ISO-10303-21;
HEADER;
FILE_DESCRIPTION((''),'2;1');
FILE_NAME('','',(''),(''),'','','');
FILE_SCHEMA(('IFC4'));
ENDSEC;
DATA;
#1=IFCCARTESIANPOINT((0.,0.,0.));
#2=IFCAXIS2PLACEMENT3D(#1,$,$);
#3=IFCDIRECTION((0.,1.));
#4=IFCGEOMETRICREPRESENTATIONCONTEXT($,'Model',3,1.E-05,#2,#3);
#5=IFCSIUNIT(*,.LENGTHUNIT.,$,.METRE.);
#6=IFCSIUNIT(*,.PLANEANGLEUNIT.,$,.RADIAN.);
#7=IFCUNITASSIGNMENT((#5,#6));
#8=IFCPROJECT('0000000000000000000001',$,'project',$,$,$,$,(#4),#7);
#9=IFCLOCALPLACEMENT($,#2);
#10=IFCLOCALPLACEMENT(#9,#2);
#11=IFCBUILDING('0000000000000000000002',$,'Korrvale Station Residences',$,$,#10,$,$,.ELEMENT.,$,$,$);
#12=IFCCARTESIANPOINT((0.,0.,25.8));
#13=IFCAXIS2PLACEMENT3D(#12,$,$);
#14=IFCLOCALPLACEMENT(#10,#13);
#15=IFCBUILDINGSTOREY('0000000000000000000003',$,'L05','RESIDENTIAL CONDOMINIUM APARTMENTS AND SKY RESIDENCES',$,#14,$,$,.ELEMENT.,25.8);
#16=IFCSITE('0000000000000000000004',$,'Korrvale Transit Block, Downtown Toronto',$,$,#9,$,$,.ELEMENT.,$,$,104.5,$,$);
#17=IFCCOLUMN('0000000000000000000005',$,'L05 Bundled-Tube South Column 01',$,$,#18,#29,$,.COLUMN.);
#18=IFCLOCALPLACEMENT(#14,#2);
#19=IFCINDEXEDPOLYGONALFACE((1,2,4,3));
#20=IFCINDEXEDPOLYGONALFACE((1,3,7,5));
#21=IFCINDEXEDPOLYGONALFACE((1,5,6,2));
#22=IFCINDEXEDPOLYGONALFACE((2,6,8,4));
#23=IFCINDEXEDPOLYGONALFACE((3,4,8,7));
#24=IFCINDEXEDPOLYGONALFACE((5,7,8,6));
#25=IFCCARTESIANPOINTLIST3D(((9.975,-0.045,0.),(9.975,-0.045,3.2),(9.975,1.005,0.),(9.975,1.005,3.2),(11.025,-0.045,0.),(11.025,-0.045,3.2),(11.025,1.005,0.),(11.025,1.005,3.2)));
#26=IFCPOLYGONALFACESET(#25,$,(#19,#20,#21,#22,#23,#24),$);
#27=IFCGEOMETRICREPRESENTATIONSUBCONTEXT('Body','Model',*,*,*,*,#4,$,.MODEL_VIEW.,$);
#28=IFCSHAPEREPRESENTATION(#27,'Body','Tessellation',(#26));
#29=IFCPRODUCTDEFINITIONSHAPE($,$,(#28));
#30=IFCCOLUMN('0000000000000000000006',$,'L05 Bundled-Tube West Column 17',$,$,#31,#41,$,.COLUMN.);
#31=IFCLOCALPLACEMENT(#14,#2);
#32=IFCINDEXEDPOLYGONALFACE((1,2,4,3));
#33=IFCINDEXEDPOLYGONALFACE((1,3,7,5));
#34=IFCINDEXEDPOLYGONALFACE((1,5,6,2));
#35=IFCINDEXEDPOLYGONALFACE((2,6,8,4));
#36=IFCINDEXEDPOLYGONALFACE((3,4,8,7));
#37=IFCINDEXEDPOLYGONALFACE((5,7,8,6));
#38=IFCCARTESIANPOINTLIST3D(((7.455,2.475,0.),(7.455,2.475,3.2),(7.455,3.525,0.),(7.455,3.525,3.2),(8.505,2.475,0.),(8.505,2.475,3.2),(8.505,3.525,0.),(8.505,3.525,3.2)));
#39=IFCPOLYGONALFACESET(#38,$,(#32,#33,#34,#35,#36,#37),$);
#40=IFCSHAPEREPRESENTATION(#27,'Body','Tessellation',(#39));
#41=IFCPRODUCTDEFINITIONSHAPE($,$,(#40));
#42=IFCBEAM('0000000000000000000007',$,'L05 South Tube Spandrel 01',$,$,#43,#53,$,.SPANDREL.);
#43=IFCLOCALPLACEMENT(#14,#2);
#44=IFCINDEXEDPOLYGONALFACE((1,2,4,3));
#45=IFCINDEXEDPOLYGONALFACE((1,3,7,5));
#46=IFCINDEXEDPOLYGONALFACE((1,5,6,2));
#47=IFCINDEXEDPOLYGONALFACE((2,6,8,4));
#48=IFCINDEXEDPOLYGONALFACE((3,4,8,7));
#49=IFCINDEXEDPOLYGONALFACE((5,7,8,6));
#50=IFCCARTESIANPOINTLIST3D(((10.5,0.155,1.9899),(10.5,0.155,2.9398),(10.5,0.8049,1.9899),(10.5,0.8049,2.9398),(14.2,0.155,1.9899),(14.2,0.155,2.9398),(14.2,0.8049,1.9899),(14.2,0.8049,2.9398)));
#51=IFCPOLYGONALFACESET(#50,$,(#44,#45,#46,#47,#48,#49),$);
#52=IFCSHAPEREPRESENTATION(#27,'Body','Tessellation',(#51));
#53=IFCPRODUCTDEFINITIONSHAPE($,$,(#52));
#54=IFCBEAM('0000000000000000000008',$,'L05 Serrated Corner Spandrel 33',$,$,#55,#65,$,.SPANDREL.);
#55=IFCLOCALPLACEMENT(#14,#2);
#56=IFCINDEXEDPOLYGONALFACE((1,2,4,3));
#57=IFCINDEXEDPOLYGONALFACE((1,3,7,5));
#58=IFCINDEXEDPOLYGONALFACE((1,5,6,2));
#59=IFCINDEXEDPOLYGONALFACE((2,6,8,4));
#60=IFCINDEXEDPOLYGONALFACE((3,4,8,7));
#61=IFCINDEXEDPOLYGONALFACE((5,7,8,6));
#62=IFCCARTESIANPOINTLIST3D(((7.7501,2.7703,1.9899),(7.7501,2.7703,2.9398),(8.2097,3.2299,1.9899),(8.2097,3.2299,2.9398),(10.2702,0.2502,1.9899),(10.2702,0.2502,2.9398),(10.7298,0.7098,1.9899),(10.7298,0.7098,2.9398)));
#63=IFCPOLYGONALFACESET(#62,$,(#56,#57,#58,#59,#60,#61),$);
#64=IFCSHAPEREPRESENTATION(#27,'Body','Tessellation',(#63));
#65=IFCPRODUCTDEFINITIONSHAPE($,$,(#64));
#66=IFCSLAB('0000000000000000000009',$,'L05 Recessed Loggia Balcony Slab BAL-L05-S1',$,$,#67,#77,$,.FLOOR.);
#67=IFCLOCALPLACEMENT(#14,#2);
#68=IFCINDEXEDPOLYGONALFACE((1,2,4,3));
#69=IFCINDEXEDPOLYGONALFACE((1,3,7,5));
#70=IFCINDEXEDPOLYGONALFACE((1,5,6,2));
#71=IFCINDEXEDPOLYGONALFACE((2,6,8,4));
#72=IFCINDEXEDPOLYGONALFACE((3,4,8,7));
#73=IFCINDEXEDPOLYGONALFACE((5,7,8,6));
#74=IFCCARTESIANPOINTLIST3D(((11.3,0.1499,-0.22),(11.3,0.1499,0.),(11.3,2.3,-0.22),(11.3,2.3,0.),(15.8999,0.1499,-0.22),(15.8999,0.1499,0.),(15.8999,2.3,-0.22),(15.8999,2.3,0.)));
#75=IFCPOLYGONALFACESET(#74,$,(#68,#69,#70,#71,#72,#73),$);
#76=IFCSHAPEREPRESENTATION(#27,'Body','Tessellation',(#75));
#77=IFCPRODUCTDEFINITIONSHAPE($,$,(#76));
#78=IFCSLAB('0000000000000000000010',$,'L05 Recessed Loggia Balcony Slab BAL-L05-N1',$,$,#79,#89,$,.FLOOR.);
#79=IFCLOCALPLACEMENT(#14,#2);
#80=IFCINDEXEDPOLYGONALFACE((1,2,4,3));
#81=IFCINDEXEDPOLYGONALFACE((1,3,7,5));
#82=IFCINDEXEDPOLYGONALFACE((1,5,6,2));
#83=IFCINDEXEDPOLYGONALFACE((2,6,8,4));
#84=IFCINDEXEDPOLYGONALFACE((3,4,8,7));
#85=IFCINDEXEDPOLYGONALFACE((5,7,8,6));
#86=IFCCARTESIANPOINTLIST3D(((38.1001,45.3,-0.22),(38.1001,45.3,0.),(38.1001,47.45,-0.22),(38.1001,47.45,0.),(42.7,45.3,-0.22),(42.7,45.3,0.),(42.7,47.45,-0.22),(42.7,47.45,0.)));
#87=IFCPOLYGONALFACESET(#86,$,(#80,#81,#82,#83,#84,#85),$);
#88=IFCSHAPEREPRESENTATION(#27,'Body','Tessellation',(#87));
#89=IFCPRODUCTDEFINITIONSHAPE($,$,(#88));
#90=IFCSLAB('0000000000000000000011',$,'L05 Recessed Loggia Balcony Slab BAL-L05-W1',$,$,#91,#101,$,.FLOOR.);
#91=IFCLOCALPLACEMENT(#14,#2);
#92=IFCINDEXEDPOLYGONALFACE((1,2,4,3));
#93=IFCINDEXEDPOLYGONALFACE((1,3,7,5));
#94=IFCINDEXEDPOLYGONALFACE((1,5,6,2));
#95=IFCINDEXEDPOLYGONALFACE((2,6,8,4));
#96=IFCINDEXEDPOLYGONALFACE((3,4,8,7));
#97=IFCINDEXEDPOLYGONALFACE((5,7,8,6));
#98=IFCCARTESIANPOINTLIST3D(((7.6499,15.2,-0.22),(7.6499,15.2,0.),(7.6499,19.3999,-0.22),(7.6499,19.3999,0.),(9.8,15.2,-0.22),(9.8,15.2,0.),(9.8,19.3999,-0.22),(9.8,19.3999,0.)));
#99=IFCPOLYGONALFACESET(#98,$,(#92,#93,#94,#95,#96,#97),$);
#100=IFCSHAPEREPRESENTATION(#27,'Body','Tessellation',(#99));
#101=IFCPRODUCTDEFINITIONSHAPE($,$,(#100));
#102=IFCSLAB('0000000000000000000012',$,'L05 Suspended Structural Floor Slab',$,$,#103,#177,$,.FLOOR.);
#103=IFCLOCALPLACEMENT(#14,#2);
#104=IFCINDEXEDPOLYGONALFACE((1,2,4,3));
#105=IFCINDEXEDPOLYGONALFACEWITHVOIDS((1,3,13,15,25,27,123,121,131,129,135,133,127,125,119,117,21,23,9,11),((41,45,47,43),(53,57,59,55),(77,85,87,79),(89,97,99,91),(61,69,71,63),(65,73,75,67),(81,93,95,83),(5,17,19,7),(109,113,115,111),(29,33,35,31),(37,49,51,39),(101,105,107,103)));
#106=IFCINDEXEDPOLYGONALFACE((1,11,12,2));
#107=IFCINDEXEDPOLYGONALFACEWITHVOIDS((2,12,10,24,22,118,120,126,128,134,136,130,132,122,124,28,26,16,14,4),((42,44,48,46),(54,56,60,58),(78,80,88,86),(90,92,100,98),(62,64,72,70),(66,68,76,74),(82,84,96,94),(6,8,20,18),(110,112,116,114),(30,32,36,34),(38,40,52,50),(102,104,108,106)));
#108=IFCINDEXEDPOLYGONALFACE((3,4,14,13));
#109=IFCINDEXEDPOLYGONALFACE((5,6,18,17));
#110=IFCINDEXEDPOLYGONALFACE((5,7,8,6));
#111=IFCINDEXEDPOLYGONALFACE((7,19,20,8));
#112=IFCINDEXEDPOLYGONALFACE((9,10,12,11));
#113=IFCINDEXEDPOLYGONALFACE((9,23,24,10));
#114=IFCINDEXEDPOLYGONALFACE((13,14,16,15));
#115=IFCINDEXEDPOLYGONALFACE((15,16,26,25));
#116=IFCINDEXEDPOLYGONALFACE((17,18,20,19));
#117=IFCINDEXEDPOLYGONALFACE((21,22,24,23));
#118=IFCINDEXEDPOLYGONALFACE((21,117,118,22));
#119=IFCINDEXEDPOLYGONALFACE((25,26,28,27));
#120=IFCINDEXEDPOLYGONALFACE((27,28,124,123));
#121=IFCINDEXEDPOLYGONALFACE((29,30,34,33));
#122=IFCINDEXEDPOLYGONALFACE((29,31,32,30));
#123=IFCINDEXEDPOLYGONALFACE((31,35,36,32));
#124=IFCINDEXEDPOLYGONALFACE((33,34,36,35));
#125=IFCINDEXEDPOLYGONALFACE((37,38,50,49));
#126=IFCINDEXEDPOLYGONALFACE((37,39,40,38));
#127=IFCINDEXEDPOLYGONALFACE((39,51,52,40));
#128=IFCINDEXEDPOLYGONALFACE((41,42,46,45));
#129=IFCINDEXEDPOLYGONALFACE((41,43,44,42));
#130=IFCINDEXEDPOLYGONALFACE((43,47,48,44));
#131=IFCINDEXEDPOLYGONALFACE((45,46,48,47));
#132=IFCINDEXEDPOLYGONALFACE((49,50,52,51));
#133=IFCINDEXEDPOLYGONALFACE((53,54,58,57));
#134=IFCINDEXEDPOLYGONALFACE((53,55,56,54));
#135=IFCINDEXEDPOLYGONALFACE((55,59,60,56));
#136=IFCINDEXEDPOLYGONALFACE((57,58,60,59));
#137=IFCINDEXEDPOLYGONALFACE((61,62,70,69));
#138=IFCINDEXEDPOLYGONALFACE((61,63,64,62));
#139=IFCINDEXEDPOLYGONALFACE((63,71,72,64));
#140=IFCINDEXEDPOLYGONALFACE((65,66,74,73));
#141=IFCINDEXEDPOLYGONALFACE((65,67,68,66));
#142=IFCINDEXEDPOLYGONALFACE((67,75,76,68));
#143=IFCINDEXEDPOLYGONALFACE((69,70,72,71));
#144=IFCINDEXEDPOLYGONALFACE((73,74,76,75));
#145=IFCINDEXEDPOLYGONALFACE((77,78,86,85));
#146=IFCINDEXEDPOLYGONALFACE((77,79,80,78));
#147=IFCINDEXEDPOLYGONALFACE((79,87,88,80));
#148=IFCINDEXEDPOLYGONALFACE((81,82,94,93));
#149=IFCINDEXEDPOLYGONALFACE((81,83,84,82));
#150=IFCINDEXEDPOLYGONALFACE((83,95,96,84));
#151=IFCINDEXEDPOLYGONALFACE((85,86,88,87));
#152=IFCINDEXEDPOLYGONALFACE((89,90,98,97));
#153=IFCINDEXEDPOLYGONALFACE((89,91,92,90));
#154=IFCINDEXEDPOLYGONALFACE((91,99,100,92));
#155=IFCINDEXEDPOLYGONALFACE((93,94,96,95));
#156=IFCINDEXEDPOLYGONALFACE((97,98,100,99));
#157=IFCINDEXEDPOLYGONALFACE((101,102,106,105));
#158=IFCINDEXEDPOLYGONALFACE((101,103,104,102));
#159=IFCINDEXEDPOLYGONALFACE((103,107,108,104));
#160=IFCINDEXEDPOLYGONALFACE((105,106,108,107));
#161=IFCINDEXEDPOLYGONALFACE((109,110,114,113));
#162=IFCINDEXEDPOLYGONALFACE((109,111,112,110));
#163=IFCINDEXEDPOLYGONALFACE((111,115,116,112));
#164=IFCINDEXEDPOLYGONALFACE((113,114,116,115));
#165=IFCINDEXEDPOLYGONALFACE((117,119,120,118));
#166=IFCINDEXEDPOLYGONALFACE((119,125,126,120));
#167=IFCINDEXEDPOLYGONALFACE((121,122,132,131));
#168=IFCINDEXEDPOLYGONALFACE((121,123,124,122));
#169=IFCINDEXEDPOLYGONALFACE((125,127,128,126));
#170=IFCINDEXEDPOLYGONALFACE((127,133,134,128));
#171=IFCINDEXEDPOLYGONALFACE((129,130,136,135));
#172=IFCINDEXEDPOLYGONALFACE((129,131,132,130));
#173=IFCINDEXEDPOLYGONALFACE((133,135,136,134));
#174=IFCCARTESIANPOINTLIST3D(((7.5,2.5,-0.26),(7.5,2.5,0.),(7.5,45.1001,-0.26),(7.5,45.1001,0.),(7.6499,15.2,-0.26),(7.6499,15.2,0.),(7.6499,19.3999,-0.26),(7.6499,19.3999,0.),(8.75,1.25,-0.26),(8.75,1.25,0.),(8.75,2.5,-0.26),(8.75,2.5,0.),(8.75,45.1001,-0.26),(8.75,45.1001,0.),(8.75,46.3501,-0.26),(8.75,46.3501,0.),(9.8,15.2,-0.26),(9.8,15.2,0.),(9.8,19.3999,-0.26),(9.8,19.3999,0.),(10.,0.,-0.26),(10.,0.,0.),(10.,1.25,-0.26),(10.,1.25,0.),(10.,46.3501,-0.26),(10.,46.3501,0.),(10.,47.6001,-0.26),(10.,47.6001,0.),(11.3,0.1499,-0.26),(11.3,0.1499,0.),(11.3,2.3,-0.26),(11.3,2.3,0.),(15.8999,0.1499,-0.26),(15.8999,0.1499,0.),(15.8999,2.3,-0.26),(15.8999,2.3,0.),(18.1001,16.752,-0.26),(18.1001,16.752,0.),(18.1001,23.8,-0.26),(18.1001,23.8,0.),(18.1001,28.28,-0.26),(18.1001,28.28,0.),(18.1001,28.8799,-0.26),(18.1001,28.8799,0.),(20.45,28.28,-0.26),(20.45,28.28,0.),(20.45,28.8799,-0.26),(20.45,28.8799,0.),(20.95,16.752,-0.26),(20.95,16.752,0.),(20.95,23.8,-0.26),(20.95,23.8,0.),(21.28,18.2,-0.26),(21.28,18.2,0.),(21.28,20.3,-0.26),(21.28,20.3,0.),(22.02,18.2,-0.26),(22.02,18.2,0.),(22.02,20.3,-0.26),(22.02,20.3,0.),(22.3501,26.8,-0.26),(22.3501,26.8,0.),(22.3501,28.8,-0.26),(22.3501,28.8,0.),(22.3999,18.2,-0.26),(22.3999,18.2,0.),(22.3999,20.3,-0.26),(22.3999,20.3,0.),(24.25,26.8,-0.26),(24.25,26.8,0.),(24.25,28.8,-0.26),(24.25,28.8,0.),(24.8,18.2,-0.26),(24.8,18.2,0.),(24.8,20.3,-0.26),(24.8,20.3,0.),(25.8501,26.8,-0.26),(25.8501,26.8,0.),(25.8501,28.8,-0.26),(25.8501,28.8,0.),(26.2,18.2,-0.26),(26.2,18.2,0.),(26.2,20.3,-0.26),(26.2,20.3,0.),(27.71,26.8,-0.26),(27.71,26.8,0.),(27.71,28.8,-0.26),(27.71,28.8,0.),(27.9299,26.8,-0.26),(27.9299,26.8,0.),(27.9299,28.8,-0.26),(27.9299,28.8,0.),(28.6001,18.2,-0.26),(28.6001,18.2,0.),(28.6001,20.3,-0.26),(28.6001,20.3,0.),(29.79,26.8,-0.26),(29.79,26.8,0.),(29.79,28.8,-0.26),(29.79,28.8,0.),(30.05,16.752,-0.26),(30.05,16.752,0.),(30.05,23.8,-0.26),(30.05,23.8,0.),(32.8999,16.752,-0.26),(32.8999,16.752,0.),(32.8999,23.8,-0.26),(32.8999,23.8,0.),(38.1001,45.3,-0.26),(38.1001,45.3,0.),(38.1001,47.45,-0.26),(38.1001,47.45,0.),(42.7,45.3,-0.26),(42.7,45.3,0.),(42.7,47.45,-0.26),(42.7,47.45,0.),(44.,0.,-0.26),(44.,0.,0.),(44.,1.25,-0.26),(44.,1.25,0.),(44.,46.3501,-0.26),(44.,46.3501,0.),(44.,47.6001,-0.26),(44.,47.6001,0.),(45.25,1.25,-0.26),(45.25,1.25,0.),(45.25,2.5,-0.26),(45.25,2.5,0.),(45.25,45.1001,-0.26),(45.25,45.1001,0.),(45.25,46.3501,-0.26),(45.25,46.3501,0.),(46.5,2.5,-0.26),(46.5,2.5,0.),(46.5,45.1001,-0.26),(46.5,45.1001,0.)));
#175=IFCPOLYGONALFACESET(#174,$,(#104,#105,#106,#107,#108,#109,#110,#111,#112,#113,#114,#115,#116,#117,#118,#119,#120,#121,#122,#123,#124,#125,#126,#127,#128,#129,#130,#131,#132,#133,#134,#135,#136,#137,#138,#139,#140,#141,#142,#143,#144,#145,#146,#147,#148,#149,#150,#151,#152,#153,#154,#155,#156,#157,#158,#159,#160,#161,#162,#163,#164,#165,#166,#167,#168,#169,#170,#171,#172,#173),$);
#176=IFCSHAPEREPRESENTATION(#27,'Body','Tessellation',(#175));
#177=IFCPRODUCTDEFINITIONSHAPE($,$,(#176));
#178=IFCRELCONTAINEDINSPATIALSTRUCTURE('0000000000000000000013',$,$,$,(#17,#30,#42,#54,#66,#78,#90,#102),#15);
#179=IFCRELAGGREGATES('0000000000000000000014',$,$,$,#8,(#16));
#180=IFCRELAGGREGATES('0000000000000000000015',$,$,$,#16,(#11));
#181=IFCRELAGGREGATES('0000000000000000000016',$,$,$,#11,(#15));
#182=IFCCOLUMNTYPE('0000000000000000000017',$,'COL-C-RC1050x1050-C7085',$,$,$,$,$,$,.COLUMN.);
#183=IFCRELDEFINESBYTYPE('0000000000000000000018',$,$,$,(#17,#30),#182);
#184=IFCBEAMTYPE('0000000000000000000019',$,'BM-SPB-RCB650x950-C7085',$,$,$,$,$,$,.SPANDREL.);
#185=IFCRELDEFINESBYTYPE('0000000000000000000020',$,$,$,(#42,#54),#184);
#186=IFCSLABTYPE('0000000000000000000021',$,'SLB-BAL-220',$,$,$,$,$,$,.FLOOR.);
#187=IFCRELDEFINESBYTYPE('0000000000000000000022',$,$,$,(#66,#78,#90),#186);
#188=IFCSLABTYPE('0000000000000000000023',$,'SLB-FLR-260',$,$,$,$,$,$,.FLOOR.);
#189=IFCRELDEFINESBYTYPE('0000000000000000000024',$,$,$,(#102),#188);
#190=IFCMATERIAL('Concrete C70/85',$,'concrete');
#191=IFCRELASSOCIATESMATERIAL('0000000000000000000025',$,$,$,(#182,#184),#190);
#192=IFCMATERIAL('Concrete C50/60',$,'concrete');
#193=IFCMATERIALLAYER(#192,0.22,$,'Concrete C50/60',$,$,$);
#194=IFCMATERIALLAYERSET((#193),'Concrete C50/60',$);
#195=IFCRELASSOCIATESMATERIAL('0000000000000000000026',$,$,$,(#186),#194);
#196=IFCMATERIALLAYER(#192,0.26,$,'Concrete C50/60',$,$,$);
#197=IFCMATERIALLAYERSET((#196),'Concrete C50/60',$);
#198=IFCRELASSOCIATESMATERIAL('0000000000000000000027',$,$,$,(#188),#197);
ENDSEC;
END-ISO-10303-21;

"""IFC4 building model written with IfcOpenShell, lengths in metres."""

from ifc_helpers import new_model, si_unit, direction, frame, origin, origin_2d, place, context, subcontext, project, spatial, polyline, rectangle, outline, extrude, material, layer, layer_set, material_profile, profile_set, type_object, element, save


model = new_model("IFC4")

# Units and contexts
model_context = context("Model", 3, precision=1e-05, world=origin(), true_north=direction((0.0, 1.0)))
body_context = subcontext(model_context, "Body", "Model", "MODEL_VIEW")
ifc_project = project(units=[si_unit("LENGTHUNIT", "METRE"), si_unit("PLANEANGLEUNIT", "RADIAN")], contexts=[model_context])

# Site, building, storey
site_placement = place(None, origin())
site = spatial("IfcSite", under=ifc_project, at=site_placement, Name="Korrvale Transit Block, Downtown Toronto", CompositionType="ELEMENT", RefElevation=104.5)
building_placement = place(site_placement, origin())
building = spatial("IfcBuilding", under=site, at=building_placement, Name="Korrvale Station Residences", CompositionType="ELEMENT")
storey_placement = place(building_placement, frame((0.0, 0.0, 25.8)))
storey = spatial("IfcBuildingStorey", under=building, at=storey_placement, Name="L05", Description="RESIDENTIAL CONDOMINIUM APARTMENTS AND SKY RESIDENCES", CompositionType="ELEMENT", Elevation=25.8)

# Columns
ifc_material_1 = material(Name="Concrete C70/85", Category="concrete")
ifc_material_profile_1 = material_profile(ifc_material_1, rectangle(XDim=1.05, YDim=1.05, at=origin_2d()), Name="RC1050x1050")
ifc_profile_set_1 = profile_set([ifc_material_profile_1], Name="Concrete C70/85")
column_type = type_object("IfcColumnType", Name="COL-C-RC1050x1050-C7085", PredefinedType="COLUMN", material=ifc_profile_set_1)
for number, where, z_axis, x_axis, name in (
    (1, (10.5, 0.48, 0.0), (0.0, 0.0, 1.0), (1.0, 0.0, 0.0), "L05 Bundled-Tube South Column 01"),
    (2, (7.98, 3.0, 0.0), (0.0, 0.0, 1.0), (1.0, 0.0, 0.0), "L05 Bundled-Tube West Column 17"),
):
    element("IfcColumn", number, at=place(storey_placement, frame(where, z_axis=z_axis, x_axis=x_axis)), inside=storey, type_object=column_type, Name=name, PredefinedType="COLUMN", context=body_context, shape_type="SweptSolid", body=[
        extrude(rectangle(XDim=1.05, YDim=1.05, at=origin_2d()), origin(), (0.0, 0.0, 1.0), 3.2),
    ])

# Beams
ifc_material_profile_2 = material_profile(ifc_material_1, rectangle(XDim=0.6499, YDim=0.95, at=origin_2d()), Name="RCB650x950")
ifc_profile_set_2 = profile_set([ifc_material_profile_2], Name="Concrete C70/85")
beam_type = type_object("IfcBeamType", Name="BM-SPB-RCB650x950-C7085", PredefinedType="SPANDREL", material=ifc_profile_set_2)
beam_1_placement = place(storey_placement, frame((10.5, 0.48, 2.4648), z_axis=(1.0, 0.0, 0.0), x_axis=(0.0, 1.0, 0.0)))
element("IfcBeam", 3, at=beam_1_placement, inside=storey, type_object=beam_type, Name="L05 South Tube Spandrel 01", PredefinedType="SPANDREL", context=body_context, shape_type="SweptSolid", body=[
    extrude(rectangle(XDim=0.6499, YDim=0.95, at=origin_2d()), origin(), (0.0, 0.0, 1.0), 3.7),
])
beam_2_placement = place(storey_placement, frame((10.5, 0.48, 2.4648), z_axis=(-0.707107, 0.707107, 0.0), x_axis=(-0.707107, -0.707107, 0.0)))
element("IfcBeam", 4, at=beam_2_placement, inside=storey, type_object=beam_type, Name="L05 Serrated Corner Spandrel 33", PredefinedType="SPANDREL", context=body_context, shape_type="SweptSolid", body=[
    extrude(rectangle(XDim=0.6499, YDim=0.95, at=origin_2d()), origin(), (0.0, 0.0, 1.0), 3.564),
])

# Slabs
ifc_material_2 = material(Name="Concrete C50/60", Category="concrete")
ifc_layer_1 = layer(ifc_material_2, 0.22, Name="Concrete C50/60")
ifc_layer_set_1 = layer_set([ifc_layer_1], Name="Concrete C50/60")
slab_type_1 = type_object("IfcSlabType", Name="SLB-BAL-220", PredefinedType="FLOOR", material=ifc_layer_set_1)
slab_1_placement = place(storey_placement, frame((0.0, 0.0, -0.22)))
element("IfcSlab", 5, at=slab_1_placement, inside=storey, type_object=slab_type_1, Name="L05 Recessed Loggia Balcony Slab BAL-L05-S1", PredefinedType="FLOOR", context=body_context, shape_type="SweptSolid", body=[
    extrude(outline(polyline([(11.3, 0.1499), (15.8999, 0.1499), (15.8999, 2.3), (11.3, 2.3), (11.3, 0.1499)])), origin(), (0.0, 0.0, 1.0), 0.22),
])
slab_2_placement = place(storey_placement, frame((0.0, 0.0, -0.22)))
element("IfcSlab", 6, at=slab_2_placement, inside=storey, type_object=slab_type_1, Name="L05 Recessed Loggia Balcony Slab BAL-L05-N1", PredefinedType="FLOOR", context=body_context, shape_type="SweptSolid", body=[
    extrude(outline(polyline([(38.1001, 45.3), (42.7, 45.3), (42.7, 47.45), (38.1001, 47.45), (38.1001, 45.3)])), origin(), (0.0, 0.0, 1.0), 0.22),
])
slab_3_placement = place(storey_placement, frame((0.0, 0.0, -0.22)))
element("IfcSlab", 7, at=slab_3_placement, inside=storey, type_object=slab_type_1, Name="L05 Recessed Loggia Balcony Slab BAL-L05-W1", PredefinedType="FLOOR", context=body_context, shape_type="SweptSolid", body=[
    extrude(outline(polyline([(7.6499, 15.2), (9.8, 15.2), (9.8, 19.3999), (7.6499, 19.3999), (7.6499, 15.2)])), origin(), (0.0, 0.0, 1.0), 0.22),
])
ifc_layer_2 = layer(ifc_material_2, 0.26, Name="Concrete C50/60")
ifc_layer_set_2 = layer_set([ifc_layer_2], Name="Concrete C50/60")
slab_type_2 = type_object("IfcSlabType", Name="SLB-FLR-260", PredefinedType="FLOOR", material=ifc_layer_set_2)
slab_4_placement = place(storey_placement, frame((0.0, 0.0, -0.26)))
element("IfcSlab", 8, at=slab_4_placement, inside=storey, type_object=slab_type_2, Name="L05 Suspended Structural Floor Slab", PredefinedType="FLOOR", context=body_context, shape_type="SweptSolid", body=[
    extrude(outline(polyline([(10.0, 0.0), (44.0, 0.0), (44.0, 1.25), (45.25, 1.25), (45.25, 2.5), (46.5, 2.5), (46.5, 45.1001), (45.25, 45.1001), (45.25, 46.3501), (44.0, 46.3501), (44.0, 47.6001), (10.0, 47.6001), (10.0, 46.3501), (8.75, 46.3501), (8.75, 45.1001), (7.5, 45.1001), (7.5, 2.5), (8.75, 2.5), (8.75, 1.25), (10.0, 1.25), (10.0, 0.0)]), holes=[polyline([(20.95, 16.752), (20.95, 23.8), (18.1001, 23.8), (18.1001, 16.752), (20.95, 16.752)]), polyline([(32.8999, 16.752), (32.8999, 23.8), (30.05, 23.8), (30.05, 16.752), (32.8999, 16.752)]), polyline([(22.3501, 26.8), (24.25, 26.8), (24.25, 28.8), (22.3501, 28.8), (22.3501, 26.8)]), polyline([(25.8501, 26.8), (27.71, 26.8), (27.71, 28.8), (25.8501, 28.8), (25.8501, 26.8)]), polyline([(27.9299, 26.8), (29.79, 26.8), (29.79, 28.8), (27.9299, 28.8), (27.9299, 26.8)]), polyline([(22.3999, 18.2), (24.8, 18.2), (24.8, 20.3), (22.3999, 20.3), (22.3999, 18.2)]), polyline([(26.2, 18.2), (28.6001, 18.2), (28.6001, 20.3), (26.2, 20.3), (26.2, 18.2)]), polyline([(18.1001, 28.28), (20.45, 28.28), (20.45, 28.8799), (18.1001, 28.8799), (18.1001, 28.28)]), polyline([(21.28, 18.2), (22.02, 18.2), (22.02, 20.3), (21.28, 20.3), (21.28, 18.2)]), polyline([(11.3, 0.1499), (15.8999, 0.1499), (15.8999, 2.3), (11.3, 2.3), (11.3, 0.1499)]), polyline([(38.1001, 45.3), (42.7, 45.3), (42.7, 47.45), (38.1001, 47.45), (38.1001, 45.3)]), polyline([(7.6499, 15.2), (9.8, 15.2), (9.8, 19.3999), (7.6499, 19.3999), (7.6499, 15.2)])]), origin(), (0.0, 0.0, 1.0), 0.26),
])

save(model, "model.ifc")
